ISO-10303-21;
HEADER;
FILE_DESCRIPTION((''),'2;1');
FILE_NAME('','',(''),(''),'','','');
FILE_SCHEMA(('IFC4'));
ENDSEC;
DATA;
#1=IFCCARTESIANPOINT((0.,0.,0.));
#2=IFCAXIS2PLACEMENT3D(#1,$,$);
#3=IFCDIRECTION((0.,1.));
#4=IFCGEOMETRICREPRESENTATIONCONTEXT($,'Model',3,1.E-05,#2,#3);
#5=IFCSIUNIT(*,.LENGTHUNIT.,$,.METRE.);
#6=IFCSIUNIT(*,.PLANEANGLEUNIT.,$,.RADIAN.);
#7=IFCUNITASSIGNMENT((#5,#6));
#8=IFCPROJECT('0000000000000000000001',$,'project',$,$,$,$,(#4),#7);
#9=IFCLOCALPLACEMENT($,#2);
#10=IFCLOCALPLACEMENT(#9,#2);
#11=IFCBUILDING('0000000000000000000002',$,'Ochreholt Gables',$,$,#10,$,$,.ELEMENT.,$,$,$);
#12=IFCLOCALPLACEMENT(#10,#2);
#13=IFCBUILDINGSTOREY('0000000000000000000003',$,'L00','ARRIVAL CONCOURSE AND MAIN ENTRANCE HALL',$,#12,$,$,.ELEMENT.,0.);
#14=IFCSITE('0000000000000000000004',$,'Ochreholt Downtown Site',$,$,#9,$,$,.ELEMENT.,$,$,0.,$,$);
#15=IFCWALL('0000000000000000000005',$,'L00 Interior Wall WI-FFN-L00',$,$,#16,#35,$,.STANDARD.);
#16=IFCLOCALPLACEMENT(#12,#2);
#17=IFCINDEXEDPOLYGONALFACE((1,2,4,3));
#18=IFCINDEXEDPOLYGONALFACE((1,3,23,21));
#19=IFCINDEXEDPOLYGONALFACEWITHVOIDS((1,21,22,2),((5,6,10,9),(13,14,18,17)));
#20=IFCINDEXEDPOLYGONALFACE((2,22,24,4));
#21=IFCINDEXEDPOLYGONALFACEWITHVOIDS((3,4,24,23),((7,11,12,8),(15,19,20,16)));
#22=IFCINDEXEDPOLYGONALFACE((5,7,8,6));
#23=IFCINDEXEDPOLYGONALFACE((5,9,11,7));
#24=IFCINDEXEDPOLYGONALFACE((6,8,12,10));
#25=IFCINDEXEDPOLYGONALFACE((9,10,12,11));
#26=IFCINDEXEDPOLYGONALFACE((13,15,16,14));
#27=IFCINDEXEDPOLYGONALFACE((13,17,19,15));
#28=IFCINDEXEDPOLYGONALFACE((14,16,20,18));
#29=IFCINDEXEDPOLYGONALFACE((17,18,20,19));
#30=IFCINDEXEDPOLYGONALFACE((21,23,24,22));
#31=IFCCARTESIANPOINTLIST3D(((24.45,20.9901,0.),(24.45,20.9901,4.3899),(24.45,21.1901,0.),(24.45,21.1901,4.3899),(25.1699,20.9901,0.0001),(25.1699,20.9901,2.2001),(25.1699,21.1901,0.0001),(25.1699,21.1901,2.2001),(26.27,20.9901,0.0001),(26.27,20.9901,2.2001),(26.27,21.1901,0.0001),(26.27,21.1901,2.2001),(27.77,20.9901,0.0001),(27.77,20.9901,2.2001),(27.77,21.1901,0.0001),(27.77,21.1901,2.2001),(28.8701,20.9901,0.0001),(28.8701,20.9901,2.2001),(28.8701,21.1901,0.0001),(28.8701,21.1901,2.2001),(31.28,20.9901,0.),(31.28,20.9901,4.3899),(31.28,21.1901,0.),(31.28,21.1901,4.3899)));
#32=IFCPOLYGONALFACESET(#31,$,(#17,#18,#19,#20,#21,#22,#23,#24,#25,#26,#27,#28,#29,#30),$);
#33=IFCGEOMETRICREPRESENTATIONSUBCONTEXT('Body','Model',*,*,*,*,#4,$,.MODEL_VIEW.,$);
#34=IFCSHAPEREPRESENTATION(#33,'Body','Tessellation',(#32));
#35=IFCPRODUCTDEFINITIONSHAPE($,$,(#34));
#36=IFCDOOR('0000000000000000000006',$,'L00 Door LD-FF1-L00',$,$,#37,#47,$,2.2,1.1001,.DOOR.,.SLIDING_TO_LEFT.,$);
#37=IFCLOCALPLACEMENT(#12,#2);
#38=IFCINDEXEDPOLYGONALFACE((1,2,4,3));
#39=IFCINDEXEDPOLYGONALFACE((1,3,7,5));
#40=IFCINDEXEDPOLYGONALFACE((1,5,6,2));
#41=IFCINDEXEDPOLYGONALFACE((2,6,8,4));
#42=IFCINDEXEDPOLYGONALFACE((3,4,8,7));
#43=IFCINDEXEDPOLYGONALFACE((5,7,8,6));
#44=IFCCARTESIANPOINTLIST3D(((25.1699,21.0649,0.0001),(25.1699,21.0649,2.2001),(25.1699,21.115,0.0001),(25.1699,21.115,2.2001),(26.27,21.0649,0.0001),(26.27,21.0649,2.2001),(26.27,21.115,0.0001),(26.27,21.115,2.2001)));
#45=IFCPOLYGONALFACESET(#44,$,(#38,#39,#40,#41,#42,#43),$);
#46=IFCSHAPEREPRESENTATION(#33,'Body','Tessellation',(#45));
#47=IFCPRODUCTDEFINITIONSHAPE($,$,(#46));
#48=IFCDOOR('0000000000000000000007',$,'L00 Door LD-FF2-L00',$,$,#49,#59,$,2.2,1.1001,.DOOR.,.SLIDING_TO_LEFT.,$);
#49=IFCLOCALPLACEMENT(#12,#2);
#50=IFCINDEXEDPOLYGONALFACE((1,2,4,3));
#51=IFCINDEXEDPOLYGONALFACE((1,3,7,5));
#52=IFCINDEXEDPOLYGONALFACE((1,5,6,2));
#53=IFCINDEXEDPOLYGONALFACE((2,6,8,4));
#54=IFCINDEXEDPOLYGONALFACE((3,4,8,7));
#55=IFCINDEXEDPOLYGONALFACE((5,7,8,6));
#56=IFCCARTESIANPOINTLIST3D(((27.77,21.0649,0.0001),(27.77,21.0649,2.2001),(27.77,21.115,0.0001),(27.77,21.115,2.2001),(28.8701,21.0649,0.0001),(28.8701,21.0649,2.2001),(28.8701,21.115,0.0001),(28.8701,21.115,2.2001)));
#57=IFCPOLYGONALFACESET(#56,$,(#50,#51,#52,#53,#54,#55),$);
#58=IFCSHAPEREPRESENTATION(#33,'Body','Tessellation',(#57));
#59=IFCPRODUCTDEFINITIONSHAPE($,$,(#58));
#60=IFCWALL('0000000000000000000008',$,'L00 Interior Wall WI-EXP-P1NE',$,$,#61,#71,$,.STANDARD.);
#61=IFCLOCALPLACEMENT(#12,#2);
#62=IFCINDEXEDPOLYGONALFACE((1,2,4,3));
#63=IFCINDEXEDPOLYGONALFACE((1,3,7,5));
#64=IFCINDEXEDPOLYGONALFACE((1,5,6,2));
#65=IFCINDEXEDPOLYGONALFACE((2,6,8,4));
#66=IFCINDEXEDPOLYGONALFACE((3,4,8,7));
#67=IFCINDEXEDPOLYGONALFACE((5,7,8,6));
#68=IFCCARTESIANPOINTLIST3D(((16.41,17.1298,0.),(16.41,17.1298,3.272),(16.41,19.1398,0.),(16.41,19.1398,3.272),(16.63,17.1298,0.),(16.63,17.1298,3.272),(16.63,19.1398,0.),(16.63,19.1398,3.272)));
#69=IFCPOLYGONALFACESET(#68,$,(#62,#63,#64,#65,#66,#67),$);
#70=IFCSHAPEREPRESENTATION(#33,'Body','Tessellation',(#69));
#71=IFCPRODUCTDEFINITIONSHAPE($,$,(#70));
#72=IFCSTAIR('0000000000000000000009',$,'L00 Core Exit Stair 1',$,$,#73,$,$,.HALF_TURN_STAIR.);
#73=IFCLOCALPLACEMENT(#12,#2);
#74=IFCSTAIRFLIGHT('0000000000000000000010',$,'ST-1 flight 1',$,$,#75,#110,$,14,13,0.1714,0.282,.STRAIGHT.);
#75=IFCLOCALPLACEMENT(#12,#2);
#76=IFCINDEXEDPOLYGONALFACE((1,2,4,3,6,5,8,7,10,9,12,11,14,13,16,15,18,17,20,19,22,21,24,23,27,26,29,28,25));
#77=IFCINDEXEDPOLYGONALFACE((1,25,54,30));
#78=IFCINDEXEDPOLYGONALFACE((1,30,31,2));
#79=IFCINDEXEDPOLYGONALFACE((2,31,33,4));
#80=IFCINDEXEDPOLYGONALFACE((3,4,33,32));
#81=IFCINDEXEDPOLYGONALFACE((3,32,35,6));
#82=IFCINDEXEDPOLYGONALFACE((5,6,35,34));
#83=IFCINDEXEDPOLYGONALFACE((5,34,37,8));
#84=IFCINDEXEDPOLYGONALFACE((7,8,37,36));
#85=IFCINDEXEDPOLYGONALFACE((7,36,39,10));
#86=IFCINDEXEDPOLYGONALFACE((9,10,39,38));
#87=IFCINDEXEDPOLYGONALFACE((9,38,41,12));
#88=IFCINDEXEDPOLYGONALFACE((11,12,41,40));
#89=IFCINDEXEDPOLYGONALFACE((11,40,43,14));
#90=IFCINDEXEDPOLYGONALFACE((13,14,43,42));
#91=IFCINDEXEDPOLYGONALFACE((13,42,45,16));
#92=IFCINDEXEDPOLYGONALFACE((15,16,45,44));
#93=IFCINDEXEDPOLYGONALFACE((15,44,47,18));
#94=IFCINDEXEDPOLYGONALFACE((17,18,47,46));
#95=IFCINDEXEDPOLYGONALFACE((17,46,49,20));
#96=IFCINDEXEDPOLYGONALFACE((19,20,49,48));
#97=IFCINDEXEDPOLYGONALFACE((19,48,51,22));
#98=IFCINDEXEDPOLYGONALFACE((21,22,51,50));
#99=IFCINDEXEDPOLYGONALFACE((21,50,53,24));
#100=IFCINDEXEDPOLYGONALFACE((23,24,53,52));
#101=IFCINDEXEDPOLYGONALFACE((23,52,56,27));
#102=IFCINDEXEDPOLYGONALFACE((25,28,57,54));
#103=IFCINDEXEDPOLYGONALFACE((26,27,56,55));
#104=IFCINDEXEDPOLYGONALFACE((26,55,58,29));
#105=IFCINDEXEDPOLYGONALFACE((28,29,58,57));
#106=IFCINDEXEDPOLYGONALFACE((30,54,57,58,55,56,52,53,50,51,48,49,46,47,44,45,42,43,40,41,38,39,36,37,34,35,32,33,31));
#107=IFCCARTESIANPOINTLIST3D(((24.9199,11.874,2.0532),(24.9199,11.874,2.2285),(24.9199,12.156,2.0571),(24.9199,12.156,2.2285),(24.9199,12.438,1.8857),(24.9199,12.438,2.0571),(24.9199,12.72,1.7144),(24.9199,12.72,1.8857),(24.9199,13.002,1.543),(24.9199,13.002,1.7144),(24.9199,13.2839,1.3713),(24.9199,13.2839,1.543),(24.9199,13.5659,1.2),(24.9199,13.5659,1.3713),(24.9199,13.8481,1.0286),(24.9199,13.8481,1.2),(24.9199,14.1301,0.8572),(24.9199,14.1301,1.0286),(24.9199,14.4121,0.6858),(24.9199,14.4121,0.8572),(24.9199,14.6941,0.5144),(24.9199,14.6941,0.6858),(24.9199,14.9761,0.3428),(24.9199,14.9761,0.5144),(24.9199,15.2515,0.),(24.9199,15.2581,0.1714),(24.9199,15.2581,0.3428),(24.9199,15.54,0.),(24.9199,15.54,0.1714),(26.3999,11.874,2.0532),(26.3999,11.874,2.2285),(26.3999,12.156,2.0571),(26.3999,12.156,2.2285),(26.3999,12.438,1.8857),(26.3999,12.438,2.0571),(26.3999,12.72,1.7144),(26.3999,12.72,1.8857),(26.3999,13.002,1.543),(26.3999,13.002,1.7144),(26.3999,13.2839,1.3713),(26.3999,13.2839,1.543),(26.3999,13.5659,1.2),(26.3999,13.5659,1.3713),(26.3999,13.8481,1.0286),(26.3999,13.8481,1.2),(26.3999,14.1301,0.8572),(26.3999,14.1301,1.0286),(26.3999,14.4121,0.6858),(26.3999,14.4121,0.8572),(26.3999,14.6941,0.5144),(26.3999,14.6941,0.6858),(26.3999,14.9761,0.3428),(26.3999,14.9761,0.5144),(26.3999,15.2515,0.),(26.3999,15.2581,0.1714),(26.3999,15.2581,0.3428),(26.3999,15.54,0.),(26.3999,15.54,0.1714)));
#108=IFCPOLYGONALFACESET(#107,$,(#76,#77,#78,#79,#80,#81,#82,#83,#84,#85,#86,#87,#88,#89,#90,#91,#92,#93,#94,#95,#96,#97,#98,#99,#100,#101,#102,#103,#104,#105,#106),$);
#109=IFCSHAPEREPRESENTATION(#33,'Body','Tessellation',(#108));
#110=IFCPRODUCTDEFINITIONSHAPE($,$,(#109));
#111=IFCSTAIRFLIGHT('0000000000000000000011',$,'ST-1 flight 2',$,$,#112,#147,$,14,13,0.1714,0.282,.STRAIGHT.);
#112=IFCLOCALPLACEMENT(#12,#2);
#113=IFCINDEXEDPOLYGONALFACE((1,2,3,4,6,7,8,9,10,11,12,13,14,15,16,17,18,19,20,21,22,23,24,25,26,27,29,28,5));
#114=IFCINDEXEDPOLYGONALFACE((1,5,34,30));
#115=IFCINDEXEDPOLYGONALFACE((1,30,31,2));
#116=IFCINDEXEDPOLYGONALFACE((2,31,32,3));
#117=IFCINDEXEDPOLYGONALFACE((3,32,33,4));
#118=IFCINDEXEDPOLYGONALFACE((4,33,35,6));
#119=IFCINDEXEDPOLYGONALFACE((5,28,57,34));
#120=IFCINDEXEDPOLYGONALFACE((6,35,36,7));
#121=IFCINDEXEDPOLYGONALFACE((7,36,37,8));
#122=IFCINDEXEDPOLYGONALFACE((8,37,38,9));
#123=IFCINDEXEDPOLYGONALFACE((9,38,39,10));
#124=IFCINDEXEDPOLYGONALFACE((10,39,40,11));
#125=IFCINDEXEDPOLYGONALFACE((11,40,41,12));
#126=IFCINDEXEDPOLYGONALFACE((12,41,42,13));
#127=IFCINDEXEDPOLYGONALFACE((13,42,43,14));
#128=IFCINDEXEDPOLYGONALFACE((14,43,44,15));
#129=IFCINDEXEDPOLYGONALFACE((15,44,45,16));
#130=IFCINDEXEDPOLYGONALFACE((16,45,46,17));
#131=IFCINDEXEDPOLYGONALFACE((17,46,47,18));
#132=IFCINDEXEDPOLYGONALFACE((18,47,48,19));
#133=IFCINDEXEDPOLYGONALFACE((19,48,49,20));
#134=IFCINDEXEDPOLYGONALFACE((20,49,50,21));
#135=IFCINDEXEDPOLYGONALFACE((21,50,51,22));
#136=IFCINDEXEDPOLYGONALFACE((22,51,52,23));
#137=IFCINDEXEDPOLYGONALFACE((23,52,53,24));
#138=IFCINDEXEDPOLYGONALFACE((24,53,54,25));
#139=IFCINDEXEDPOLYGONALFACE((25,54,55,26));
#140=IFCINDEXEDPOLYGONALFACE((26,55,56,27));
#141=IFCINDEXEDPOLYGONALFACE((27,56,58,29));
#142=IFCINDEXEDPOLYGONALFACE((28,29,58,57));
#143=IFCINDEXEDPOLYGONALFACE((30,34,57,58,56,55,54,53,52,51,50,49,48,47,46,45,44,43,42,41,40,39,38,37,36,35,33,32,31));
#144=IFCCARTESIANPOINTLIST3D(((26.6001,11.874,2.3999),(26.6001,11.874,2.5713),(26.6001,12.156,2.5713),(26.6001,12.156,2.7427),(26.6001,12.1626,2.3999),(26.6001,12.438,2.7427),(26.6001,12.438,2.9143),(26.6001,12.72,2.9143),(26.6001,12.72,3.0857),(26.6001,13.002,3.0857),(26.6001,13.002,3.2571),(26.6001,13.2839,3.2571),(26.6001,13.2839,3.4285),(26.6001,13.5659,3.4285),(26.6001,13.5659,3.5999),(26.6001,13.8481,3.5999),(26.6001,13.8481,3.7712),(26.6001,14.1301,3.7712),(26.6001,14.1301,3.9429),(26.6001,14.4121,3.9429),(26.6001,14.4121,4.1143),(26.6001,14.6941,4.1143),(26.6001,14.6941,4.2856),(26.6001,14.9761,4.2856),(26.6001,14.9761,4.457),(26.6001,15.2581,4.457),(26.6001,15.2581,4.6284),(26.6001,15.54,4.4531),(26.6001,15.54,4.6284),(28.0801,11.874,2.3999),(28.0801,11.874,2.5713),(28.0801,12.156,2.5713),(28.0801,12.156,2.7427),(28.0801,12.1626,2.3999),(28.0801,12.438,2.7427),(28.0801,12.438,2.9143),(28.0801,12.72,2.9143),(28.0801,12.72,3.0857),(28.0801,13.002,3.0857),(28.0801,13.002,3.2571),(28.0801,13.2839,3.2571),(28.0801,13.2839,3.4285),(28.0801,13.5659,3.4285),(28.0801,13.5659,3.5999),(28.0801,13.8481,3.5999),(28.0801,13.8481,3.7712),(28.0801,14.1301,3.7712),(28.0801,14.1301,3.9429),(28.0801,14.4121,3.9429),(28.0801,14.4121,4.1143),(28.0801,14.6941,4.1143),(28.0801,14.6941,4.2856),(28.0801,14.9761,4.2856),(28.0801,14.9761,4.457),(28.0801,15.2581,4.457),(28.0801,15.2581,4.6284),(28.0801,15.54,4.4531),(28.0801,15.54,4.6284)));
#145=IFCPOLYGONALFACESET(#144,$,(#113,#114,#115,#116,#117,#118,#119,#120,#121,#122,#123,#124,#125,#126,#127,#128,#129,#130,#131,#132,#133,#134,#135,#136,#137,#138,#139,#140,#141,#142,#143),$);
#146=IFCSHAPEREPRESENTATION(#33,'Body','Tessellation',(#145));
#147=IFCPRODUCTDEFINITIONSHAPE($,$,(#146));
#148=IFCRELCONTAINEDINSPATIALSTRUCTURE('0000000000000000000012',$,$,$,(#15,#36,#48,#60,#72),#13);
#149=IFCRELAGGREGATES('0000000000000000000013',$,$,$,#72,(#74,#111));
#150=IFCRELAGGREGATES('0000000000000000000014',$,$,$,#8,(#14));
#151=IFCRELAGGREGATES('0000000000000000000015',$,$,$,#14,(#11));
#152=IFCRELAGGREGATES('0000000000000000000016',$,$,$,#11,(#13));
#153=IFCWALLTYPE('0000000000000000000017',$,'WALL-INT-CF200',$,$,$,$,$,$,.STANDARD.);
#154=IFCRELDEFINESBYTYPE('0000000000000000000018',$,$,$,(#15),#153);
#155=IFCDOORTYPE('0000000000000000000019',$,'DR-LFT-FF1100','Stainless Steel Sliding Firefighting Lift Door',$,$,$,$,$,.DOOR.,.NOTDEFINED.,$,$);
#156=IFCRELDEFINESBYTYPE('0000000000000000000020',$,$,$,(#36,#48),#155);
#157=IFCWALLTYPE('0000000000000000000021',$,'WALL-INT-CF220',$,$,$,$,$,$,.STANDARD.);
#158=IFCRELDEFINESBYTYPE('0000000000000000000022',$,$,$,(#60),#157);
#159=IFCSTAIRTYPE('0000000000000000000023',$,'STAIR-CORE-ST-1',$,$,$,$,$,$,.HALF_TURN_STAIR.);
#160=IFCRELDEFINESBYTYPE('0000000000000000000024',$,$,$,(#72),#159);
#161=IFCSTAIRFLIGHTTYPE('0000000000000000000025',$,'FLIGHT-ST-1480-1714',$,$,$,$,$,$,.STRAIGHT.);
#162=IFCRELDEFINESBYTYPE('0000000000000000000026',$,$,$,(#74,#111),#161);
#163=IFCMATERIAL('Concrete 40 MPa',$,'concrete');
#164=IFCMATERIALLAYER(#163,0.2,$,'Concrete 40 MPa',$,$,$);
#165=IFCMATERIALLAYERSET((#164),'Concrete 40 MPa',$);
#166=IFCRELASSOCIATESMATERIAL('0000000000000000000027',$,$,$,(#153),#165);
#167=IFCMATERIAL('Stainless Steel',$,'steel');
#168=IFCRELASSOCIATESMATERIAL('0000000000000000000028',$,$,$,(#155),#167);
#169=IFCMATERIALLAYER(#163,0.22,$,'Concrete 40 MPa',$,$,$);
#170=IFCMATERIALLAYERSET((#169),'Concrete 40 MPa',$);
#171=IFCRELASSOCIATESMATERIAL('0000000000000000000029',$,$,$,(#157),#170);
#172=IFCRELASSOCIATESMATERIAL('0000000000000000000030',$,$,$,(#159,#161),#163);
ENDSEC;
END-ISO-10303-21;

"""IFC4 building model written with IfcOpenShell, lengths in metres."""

from ifc_helpers import new_model, si_unit, direction, frame, frame_2d, origin, place, context, subcontext, project, spatial, polyline, rectangle, outline, extrude, material, layer, layer_set, type_object, element, fill, aggregate, save


model = new_model("IFC4")

# Units and contexts
model_context = context("Model", 3, precision=1e-05, world=origin(), true_north=direction((0.0, 1.0)))
body_context = subcontext(model_context, "Body", "Model", "MODEL_VIEW")
ifc_project = project(units=[si_unit("LENGTHUNIT", "METRE"), si_unit("PLANEANGLEUNIT", "RADIAN")], contexts=[model_context])

# Site, building, storey
site_placement = place(None, origin())
site = spatial("IfcSite", under=ifc_project, at=site_placement, Name="Ochreholt Downtown Site", CompositionType="ELEMENT", RefElevation=0.0)
building_placement = place(site_placement, origin())
building = spatial("IfcBuilding", under=site, at=building_placement, Name="Ochreholt Gables", CompositionType="ELEMENT")
storey_placement = place(building_placement, origin())
storey = spatial("IfcBuildingStorey", under=building, at=storey_placement, Name="L00", Description="ARRIVAL CONCOURSE AND MAIN ENTRANCE HALL", CompositionType="ELEMENT", Elevation=0.0)

# Wall, openings, doors
ifc_material_1 = material(Name="Concrete 40 MPa", Category="concrete")
ifc_layer_1 = layer(ifc_material_1, 0.2, Name="Concrete 40 MPa")
ifc_layer_set_1 = layer_set([ifc_layer_1], Name="Concrete 40 MPa")
wall_type_1 = type_object("IfcWallType", Name="WALL-INT-CF200", PredefinedType="STANDARD", material=ifc_layer_set_1)
wall_1_placement = place(storey_placement, frame((24.45, 21.0901, 0.0), z_axis=(0.0, 0.0, 1.0), x_axis=(1.0, 0.0, 0.0)))
wall_1 = element("IfcWall", 1, at=wall_1_placement, inside=storey, type_object=wall_type_1, Name="L00 Interior Wall WI-FFN-L00", PredefinedType="STANDARD", context=body_context, shape_type="SweptSolid", body=[
    extrude(rectangle(XDim=6.8301, YDim=0.2, at=frame_2d((3.415, 0.0))), origin(), (0.0, 0.0, 1.0), 4.3899),
])
opening_1_placement = place(wall_1_placement, frame((0.72, 0.0, 0.0)))
opening_1 = element("IfcOpeningElement", 2, at=opening_1_placement, cuts=wall_1, PredefinedType="OPENING", context=body_context, shape_type="SweptSolid", body=[
    extrude(rectangle(XDim=1.1001, YDim=2.2, at=frame_2d((0.55, 1.1001))), frame((0.0, 0.1099, 0.0), z_axis=(0.0, -1.0, 0.0), x_axis=(1.0, 0.0, 0.0)), (0.0, 0.0, 1.0), 0.22),
])
opening_2_placement = place(wall_1_placement, frame((3.3201, 0.0, 0.0)))
opening_2 = element("IfcOpeningElement", 3, at=opening_2_placement, cuts=wall_1, PredefinedType="OPENING", context=body_context, shape_type="SweptSolid", body=[
    extrude(rectangle(XDim=1.1001, YDim=2.2, at=frame_2d((0.55, 1.1001))), frame((0.0, 0.1099, 0.0), z_axis=(0.0, -1.0, 0.0), x_axis=(1.0, 0.0, 0.0)), (0.0, 0.0, 1.0), 0.22),
])
ifc_material_2 = material(Name="Stainless Steel", Category="steel")
door_type_1 = type_object("IfcDoorType", Name="DR-LFT-FF1100", Description="Stainless Steel Sliding Firefighting Lift Door", OperationType="NOTDEFINED", PredefinedType="DOOR", material=ifc_material_2)
door_1_placement = place(opening_1_placement, origin())
door_1 = element("IfcDoor", 4, at=door_1_placement, inside=storey, type_object=door_type_1, Name="L00 Door LD-FF1-L00", OperationType="SLIDING_TO_LEFT", OverallHeight=2.2, OverallWidth=1.1001, PredefinedType="DOOR", context=body_context, shape_type="SweptSolid", body=[
    extrude(rectangle(XDim=1.1001, YDim=2.2, at=frame_2d((0.55, 1.1001))), frame((0.0, 0.0249, 0.0), z_axis=(0.0, -1.0, 0.0), x_axis=(1.0, 0.0, 0.0)), (0.0, 0.0, 1.0), 0.05),
])
fill(opening_1, door_1)
door_2_placement = place(opening_2_placement, origin())
door_2 = element("IfcDoor", 5, at=door_2_placement, inside=storey, type_object=door_type_1, Name="L00 Door LD-FF2-L00", OperationType="SLIDING_TO_LEFT", OverallHeight=2.2, OverallWidth=1.1001, PredefinedType="DOOR", context=body_context, shape_type="SweptSolid", body=[
    extrude(rectangle(XDim=1.1001, YDim=2.2, at=frame_2d((0.55, 1.1001))), frame((0.0, 0.0249, 0.0), z_axis=(0.0, -1.0, 0.0), x_axis=(1.0, 0.0, 0.0)), (0.0, 0.0, 1.0), 0.05),
])
fill(opening_2, door_2)

# Wall
ifc_layer_2 = layer(ifc_material_1, 0.22, Name="Concrete 40 MPa")
ifc_layer_set_2 = layer_set([ifc_layer_2], Name="Concrete 40 MPa")
wall_type_2 = type_object("IfcWallType", Name="WALL-INT-CF220", PredefinedType="STANDARD", material=ifc_layer_set_2)
wall_2_placement = place(storey_placement, frame((16.52, 17.1299, 0.0), z_axis=(0.0, 0.0, 1.0), x_axis=(0.0, 1.0, 0.0)))
element("IfcWall", 6, at=wall_2_placement, inside=storey, type_object=wall_type_2, Name="L00 Interior Wall WI-EXP-P1NE", PredefinedType="STANDARD", context=body_context, shape_type="SweptSolid", body=[
    extrude(rectangle(XDim=2.01, YDim=0.22, at=frame_2d((1.0049, 0.0))), origin(), (0.0, 0.0, 1.0), 3.272),
])

# Stair, stair flights
stair_type_1 = type_object("IfcStairType", Name="STAIR-CORE-ST-1", PredefinedType="HALF_TURN_STAIR", material=ifc_material_1)
stair_1_placement = place(storey_placement, origin())
stair_1 = element("IfcStair", 7, at=stair_1_placement, inside=storey, type_object=stair_type_1, Name="L00 Core Exit Stair 1", PredefinedType="HALF_TURN_STAIR")
stair_flight_type = type_object("IfcStairFlightType", Name="FLIGHT-ST-1480-1714", PredefinedType="STRAIGHT", material=ifc_material_1)
stair_flight_1_placement = place(storey_placement, frame((25.6599, 15.54, 0.0), z_axis=(0.0, 0.0, 1.0), x_axis=(0.0, -1.0, 0.0)))
stair_flight_1 = element("IfcStairFlight", 8, at=stair_flight_1_placement, type_object=stair_flight_type, Name="ST-1 flight 1", NumberOfRisers=14, NumberOfTreads=13, PredefinedType="STRAIGHT", RiserHeight=0.1714, TreadLength=0.282, context=body_context, shape_type="SweptSolid", body=[
    extrude(outline(polyline([(0.0, 0.0), (0.0, 0.1714), (0.282, 0.1714), (0.282, 0.3428), (0.564, 0.3428), (0.564, 0.5144), (0.8459, 0.5144), (0.8459, 0.6858), (1.1279, 0.6858), (1.1279, 0.8572), (1.4099, 0.8572), (1.4099, 1.0286), (1.6919, 1.0286), (1.6919, 1.2), (1.9741, 1.2), (1.9741, 1.3713), (2.2561, 1.3713), (2.2561, 1.543), (2.5381, 1.543), (2.5381, 1.7144), (2.8201, 1.7144), (2.8201, 1.8857), (3.1021, 1.8857), (3.1021, 2.0571), (3.384, 2.0571), (3.384, 2.2285), (3.666, 2.2285), (3.666, 2.3999), (3.666, 2.0532), (0.2886, 0.0), (0.0, 0.0)])), frame((0.0, 0.74, 0.0), z_axis=(0.0, -1.0, 0.0), x_axis=(1.0, 0.0, 0.0)), (0.0, 0.0, 1.0), 1.48),
])
stair_flight_2_placement = place(storey_placement, frame((27.3401, 11.874, 2.3999), z_axis=(0.0, 0.0, 1.0), x_axis=(0.0, 1.0, 0.0)))
stair_flight_2 = element("IfcStairFlight", 9, at=stair_flight_2_placement, type_object=stair_flight_type, Name="ST-1 flight 2", NumberOfRisers=14, NumberOfTreads=13, PredefinedType="STRAIGHT", RiserHeight=0.1714, TreadLength=0.282, context=body_context, shape_type="SweptSolid", body=[
    extrude(outline(polyline([(0.0, 0.0), (0.0, 0.1714), (0.282, 0.1714), (0.282, 0.3428), (0.564, 0.3428), (0.564, 0.5144), (0.8459, 0.5144), (0.8459, 0.6858), (1.1279, 0.6858), (1.1279, 0.8572), (1.4099, 0.8572), (1.4099, 1.0286), (1.6919, 1.0286), (1.6919, 1.2), (1.9741, 1.2), (1.9741, 1.3713), (2.2561, 1.3713), (2.2561, 1.543), (2.5381, 1.543), (2.5381, 1.7144), (2.8201, 1.7144), (2.8201, 1.8857), (3.1021, 1.8857), (3.1021, 2.0571), (3.384, 2.0571), (3.384, 2.2285), (3.666, 2.2285), (3.666, 2.3999), (3.666, 2.0532), (0.2886, 0.0), (0.0, 0.0)])), frame((0.0, 0.74, 0.0), z_axis=(0.0, -1.0, 0.0), x_axis=(1.0, 0.0, 0.0)), (0.0, 0.0, 1.0), 1.48),
])
aggregate(stair_1, [stair_flight_1, stair_flight_2])

save(model, "model.ifc")
